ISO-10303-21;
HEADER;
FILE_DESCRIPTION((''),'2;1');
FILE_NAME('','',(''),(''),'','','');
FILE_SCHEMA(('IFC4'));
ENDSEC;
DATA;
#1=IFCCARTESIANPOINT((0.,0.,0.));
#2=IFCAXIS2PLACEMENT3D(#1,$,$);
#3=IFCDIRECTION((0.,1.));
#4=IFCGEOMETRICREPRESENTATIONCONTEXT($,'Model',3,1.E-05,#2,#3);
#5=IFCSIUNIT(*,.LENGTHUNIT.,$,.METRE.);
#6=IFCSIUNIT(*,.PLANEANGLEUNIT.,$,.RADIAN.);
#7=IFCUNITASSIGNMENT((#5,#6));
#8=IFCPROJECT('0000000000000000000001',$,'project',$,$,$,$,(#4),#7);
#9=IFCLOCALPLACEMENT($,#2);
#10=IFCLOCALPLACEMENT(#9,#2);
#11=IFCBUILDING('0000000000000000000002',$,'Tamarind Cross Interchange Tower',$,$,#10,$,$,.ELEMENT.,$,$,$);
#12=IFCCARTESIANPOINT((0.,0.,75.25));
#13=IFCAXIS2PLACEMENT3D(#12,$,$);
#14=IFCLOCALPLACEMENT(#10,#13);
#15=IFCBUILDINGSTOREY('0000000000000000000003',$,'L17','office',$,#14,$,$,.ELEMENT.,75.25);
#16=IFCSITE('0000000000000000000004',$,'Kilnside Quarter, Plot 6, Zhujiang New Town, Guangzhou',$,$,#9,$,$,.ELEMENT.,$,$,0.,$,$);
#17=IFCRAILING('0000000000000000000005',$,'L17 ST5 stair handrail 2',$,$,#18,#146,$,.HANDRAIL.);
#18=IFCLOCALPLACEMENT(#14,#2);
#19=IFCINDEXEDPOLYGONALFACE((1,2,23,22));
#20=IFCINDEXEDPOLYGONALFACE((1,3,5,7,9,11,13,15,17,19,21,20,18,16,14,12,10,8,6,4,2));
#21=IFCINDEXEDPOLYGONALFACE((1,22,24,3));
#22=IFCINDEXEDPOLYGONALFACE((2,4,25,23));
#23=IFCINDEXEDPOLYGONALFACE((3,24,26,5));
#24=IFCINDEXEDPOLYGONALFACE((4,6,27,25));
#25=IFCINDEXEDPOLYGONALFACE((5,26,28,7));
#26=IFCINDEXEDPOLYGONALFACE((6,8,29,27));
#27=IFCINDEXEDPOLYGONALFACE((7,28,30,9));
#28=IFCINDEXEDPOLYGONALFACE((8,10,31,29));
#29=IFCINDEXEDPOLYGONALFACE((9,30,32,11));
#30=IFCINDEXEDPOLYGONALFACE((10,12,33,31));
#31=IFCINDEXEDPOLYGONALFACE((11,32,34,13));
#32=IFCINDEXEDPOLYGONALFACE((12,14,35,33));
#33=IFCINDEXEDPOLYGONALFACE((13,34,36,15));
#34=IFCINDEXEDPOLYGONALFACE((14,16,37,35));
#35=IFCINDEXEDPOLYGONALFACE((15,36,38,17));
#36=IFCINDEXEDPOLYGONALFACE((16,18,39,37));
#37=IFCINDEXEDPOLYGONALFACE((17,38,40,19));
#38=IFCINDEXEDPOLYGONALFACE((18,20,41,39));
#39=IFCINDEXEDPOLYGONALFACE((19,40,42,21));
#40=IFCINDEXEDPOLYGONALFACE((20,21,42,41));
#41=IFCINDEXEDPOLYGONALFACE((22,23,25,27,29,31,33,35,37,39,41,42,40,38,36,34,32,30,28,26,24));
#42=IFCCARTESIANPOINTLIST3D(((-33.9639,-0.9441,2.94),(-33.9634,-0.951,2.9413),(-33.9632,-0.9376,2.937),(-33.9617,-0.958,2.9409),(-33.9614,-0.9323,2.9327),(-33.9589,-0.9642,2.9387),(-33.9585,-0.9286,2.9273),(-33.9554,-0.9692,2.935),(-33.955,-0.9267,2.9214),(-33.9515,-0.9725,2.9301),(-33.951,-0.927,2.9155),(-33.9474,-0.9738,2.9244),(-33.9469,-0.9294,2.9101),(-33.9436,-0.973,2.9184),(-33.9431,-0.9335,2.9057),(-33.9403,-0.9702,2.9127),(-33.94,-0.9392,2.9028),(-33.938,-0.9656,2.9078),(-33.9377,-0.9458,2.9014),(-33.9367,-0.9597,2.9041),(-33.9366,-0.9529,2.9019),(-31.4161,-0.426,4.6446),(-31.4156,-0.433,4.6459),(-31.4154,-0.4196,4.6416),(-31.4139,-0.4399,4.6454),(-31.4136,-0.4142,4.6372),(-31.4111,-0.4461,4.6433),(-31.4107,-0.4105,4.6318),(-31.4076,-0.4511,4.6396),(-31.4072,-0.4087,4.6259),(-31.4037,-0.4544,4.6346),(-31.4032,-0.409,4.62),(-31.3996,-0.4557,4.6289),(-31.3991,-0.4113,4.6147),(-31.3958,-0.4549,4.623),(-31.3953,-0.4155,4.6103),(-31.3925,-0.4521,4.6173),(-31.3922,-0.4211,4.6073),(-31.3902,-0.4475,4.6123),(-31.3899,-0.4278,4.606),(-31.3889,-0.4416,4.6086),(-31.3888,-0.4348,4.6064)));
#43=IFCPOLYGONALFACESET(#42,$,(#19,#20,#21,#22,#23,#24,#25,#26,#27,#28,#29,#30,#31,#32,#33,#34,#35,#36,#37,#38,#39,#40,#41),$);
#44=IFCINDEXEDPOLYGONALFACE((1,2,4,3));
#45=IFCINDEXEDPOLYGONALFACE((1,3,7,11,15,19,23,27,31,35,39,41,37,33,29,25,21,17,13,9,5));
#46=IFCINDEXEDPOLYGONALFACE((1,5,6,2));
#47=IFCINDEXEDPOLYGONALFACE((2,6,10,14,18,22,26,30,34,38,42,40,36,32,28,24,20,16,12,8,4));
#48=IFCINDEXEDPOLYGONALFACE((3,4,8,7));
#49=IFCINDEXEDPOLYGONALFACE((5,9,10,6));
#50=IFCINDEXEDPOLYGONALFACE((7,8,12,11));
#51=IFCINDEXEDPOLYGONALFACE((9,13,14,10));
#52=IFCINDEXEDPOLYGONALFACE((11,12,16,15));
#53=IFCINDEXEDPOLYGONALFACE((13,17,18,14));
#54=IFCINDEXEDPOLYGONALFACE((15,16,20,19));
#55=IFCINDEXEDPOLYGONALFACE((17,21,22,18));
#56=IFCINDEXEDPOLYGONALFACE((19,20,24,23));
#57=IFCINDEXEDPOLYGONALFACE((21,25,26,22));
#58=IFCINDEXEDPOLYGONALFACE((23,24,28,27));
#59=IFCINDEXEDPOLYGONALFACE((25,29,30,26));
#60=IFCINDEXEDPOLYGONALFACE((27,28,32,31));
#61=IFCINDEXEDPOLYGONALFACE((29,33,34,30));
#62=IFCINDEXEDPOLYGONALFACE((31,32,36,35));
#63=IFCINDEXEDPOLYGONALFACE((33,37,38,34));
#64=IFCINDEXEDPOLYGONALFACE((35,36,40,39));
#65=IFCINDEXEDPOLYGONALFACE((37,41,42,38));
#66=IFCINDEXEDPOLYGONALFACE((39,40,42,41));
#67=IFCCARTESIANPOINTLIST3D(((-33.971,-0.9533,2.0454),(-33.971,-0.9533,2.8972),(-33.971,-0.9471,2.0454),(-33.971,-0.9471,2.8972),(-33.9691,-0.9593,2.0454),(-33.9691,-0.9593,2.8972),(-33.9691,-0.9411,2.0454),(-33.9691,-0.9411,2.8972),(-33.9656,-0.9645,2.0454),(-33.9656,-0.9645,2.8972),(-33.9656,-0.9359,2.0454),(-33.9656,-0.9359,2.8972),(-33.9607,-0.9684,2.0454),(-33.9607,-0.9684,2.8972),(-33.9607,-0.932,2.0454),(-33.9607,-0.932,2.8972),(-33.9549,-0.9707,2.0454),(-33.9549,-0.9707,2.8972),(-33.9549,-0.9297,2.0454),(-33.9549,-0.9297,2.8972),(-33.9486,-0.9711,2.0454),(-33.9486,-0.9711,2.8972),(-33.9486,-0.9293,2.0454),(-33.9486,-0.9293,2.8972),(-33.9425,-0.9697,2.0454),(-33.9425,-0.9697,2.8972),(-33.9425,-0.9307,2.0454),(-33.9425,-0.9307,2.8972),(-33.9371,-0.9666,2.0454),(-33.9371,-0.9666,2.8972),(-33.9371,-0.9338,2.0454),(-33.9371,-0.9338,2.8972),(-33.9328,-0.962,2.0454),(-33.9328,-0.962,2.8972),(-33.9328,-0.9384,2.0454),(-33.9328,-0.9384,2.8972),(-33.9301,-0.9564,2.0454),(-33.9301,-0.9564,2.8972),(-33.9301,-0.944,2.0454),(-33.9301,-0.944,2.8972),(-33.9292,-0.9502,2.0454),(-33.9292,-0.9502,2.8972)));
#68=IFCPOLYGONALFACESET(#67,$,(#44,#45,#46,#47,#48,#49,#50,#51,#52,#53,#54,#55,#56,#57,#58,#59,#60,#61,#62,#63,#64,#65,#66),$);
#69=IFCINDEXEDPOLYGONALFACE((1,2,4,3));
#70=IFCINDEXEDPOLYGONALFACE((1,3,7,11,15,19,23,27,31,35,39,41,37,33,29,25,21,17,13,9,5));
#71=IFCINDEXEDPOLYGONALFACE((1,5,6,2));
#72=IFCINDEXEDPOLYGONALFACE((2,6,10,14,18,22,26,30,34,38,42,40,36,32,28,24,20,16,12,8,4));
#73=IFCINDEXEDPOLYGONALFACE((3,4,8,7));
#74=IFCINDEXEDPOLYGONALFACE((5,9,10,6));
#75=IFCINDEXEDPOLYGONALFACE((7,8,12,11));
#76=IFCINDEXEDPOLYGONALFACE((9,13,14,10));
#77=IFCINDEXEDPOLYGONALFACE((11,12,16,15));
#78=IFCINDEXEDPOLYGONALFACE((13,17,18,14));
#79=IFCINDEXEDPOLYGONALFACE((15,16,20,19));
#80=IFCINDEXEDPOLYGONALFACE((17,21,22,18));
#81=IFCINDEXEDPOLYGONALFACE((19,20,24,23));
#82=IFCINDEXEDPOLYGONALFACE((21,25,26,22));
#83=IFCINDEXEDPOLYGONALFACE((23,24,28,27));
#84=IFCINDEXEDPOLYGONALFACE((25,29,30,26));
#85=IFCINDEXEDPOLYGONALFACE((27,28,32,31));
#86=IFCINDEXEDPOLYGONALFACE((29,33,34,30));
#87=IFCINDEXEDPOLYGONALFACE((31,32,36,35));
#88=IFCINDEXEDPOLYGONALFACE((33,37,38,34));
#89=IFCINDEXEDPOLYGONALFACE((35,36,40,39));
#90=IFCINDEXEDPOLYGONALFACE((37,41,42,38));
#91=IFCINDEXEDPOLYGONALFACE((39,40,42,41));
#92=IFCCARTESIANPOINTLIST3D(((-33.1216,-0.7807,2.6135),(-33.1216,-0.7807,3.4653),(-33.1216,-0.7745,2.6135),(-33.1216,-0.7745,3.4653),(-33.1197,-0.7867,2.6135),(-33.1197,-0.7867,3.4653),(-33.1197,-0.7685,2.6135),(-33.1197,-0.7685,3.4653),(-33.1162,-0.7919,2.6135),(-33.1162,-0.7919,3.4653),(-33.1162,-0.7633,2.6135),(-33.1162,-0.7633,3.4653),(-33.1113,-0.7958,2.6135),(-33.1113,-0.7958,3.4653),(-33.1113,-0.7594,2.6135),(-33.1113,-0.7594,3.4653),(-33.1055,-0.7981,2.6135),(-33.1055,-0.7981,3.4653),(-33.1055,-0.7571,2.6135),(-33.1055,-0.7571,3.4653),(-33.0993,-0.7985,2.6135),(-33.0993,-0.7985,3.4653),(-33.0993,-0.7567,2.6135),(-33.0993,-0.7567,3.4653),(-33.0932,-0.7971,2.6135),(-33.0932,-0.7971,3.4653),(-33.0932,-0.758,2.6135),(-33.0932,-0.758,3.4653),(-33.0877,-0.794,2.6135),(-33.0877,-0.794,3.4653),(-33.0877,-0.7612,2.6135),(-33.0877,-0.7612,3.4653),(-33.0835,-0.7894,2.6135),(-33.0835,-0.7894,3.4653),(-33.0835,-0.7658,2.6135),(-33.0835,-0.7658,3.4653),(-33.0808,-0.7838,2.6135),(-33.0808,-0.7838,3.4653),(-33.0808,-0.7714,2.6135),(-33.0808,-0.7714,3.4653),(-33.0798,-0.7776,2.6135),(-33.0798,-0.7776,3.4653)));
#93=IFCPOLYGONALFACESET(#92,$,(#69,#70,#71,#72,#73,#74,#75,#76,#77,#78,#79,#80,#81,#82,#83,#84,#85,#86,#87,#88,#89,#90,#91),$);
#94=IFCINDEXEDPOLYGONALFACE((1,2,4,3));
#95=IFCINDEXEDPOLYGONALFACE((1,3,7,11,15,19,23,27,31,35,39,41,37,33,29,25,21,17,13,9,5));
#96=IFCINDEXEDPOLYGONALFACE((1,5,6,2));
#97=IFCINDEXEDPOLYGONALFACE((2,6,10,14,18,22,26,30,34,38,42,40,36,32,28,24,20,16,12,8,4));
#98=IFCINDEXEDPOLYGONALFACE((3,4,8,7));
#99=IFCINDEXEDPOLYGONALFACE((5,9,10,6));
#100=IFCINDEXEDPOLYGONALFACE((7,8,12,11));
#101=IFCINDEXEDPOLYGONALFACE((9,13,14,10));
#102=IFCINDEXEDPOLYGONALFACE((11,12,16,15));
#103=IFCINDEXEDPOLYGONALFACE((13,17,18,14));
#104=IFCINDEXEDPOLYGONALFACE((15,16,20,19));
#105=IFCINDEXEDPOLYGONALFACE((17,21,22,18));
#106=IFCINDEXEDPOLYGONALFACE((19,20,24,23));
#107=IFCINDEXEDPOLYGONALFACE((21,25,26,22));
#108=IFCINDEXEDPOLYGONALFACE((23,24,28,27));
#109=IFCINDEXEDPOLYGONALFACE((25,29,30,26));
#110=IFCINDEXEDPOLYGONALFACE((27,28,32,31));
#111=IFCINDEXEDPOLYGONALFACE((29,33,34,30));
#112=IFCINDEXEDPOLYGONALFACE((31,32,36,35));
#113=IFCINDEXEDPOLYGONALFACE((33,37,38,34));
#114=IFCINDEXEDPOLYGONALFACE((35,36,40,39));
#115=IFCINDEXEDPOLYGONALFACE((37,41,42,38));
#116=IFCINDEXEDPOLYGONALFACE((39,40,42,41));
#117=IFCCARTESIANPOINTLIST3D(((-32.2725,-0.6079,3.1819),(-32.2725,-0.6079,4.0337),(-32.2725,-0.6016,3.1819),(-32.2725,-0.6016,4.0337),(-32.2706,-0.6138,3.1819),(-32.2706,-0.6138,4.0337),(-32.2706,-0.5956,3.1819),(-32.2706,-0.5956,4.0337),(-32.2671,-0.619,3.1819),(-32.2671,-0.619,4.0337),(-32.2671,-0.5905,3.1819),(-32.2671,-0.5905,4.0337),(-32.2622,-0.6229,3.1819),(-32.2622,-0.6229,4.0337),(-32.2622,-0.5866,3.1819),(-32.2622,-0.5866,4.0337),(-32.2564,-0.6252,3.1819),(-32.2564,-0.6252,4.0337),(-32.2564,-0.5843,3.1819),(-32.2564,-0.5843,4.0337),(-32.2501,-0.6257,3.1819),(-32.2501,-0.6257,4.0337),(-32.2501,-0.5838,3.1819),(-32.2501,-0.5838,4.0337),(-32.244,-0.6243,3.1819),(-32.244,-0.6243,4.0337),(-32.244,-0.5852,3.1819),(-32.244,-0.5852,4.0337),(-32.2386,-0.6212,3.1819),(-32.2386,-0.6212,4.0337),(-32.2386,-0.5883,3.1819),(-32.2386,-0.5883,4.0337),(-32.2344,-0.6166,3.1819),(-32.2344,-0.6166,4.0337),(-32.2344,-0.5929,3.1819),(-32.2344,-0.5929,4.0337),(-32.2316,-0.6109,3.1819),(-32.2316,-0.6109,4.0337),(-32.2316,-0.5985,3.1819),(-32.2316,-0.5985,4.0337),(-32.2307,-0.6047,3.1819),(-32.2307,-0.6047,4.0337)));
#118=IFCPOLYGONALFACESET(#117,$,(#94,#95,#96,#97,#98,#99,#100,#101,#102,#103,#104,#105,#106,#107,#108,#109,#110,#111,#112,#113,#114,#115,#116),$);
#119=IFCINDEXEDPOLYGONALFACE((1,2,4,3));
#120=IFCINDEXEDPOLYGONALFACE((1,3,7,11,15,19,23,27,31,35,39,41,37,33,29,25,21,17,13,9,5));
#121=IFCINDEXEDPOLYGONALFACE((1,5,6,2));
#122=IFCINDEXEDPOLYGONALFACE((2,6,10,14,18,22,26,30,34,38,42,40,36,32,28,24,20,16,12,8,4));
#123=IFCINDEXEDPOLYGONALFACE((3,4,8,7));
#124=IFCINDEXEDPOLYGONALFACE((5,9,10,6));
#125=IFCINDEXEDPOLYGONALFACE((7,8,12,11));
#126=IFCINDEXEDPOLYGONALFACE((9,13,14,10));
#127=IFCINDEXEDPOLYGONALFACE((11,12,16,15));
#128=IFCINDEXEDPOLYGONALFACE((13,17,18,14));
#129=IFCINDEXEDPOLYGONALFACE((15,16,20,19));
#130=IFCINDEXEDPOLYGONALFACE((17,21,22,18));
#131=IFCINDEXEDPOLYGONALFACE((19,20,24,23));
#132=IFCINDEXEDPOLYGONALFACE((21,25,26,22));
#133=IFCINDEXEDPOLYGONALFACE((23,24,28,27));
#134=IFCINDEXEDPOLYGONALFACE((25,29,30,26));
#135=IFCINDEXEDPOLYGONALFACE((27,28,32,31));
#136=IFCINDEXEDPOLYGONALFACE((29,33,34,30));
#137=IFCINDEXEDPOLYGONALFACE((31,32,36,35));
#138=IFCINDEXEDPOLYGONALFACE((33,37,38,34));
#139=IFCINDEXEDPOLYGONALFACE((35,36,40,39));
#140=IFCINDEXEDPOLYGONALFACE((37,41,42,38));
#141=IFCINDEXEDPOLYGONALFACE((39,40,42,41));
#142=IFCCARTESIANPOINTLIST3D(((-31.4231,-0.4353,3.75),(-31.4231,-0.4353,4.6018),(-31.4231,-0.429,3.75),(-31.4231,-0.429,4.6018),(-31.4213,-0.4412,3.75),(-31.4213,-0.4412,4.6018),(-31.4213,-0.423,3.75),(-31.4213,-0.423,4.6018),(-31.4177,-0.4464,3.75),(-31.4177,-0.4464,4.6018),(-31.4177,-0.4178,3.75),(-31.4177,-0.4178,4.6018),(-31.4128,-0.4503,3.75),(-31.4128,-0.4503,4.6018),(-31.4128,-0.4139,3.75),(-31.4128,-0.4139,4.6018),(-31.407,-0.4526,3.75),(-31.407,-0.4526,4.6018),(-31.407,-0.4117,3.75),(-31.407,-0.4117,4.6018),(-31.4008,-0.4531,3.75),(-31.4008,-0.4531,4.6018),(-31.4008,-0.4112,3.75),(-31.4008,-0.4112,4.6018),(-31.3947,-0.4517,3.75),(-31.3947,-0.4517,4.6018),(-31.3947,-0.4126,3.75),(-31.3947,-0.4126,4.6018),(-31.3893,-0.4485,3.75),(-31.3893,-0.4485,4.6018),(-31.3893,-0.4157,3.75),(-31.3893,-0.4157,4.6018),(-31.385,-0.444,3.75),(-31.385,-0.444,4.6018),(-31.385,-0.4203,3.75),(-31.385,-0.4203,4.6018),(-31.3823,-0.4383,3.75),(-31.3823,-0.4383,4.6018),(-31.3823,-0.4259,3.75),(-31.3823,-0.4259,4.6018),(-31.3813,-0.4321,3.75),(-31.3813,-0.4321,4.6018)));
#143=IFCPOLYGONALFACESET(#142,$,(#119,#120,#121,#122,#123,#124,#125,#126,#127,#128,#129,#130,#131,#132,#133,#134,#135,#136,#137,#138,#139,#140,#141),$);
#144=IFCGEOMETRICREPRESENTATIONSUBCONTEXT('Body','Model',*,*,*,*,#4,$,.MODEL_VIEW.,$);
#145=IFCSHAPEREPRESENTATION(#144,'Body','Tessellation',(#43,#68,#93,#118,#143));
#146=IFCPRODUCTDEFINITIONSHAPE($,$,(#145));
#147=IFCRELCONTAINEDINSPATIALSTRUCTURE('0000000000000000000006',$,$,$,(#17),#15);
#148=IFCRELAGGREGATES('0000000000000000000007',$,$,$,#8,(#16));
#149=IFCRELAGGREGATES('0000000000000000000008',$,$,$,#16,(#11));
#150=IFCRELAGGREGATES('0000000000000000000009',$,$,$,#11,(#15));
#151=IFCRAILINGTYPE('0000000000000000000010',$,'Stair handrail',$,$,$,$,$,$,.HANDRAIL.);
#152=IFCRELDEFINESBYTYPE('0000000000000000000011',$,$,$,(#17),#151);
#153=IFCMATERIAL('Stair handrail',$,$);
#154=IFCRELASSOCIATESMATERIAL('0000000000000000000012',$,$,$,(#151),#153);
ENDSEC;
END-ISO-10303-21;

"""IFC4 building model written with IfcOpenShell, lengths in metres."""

from ifc_helpers import new_model, si_unit, direction, frame, origin, origin_2d, place, context, subcontext, project, spatial, circle, extrude, material, type_object, element, save


model = new_model("IFC4")

# Units and contexts
model_context = context("Model", 3, precision=1e-05, world=origin(), true_north=direction((0.0, 1.0)))
body_context = subcontext(model_context, "Body", "Model", "MODEL_VIEW")
ifc_project = project(units=[si_unit("LENGTHUNIT", "METRE"), si_unit("PLANEANGLEUNIT", "RADIAN")], contexts=[model_context])

# Site, building, storey
site_placement = place(None, origin())
site = spatial("IfcSite", under=ifc_project, at=site_placement, Name="Kilnside Quarter, Plot 6, Zhujiang New Town, Guangzhou", CompositionType="ELEMENT", RefElevation=0.0)
building_placement = place(site_placement, origin())
building = spatial("IfcBuilding", under=site, at=building_placement, Name="Tamarind Cross Interchange Tower", CompositionType="ELEMENT")
storey_placement = place(building_placement, frame((0.0, 0.0, 75.25)))
storey = spatial("IfcBuildingStorey", under=building, at=storey_placement, Name="L17", Description="office", CompositionType="ELEMENT", Elevation=75.25)

# Railing
ifc_material_1 = material(Name="Stair handrail")
railing_type = type_object("IfcRailingType", Name="Stair handrail", PredefinedType="HANDRAIL", material=ifc_material_1)
railing_placement = place(storey_placement, frame((-33.9502, -0.9502, 2.0454)))
element("IfcRailing", 1, at=railing_placement, inside=storey, type_object=railing_type, Name="L17 ST5 stair handrail 2", PredefinedType="HANDRAIL", context=body_context, shape_type="SweptSolid", body=[
    extrude(circle(Radius=0.0239, at=origin_2d()), frame((0.0, 0.0, 0.876), z_axis=(0.819522, 0.166637, 0.548285), x_axis=(-0.199257, 0.979947, 0.0)), (0.0, 0.0, 1.0), 3.1089),
    extrude(circle(Radius=0.021, at=origin_2d()), origin(), (0.0, 0.0, 1.0), 0.8518),
    extrude(circle(Radius=0.021, at=origin_2d()), frame((0.8494, 0.1726, 0.5681)), (0.0, 0.0, 1.0), 0.8518),
    extrude(circle(Radius=0.021, at=origin_2d()), frame((1.6985, 0.3455, 1.1365)), (0.0, 0.0, 1.0), 0.8518),
    extrude(circle(Radius=0.021, at=origin_2d()), frame((2.5479, 0.5181, 1.7046)), (0.0, 0.0, 1.0), 0.8518),
])

save(model, "model.ifc")
